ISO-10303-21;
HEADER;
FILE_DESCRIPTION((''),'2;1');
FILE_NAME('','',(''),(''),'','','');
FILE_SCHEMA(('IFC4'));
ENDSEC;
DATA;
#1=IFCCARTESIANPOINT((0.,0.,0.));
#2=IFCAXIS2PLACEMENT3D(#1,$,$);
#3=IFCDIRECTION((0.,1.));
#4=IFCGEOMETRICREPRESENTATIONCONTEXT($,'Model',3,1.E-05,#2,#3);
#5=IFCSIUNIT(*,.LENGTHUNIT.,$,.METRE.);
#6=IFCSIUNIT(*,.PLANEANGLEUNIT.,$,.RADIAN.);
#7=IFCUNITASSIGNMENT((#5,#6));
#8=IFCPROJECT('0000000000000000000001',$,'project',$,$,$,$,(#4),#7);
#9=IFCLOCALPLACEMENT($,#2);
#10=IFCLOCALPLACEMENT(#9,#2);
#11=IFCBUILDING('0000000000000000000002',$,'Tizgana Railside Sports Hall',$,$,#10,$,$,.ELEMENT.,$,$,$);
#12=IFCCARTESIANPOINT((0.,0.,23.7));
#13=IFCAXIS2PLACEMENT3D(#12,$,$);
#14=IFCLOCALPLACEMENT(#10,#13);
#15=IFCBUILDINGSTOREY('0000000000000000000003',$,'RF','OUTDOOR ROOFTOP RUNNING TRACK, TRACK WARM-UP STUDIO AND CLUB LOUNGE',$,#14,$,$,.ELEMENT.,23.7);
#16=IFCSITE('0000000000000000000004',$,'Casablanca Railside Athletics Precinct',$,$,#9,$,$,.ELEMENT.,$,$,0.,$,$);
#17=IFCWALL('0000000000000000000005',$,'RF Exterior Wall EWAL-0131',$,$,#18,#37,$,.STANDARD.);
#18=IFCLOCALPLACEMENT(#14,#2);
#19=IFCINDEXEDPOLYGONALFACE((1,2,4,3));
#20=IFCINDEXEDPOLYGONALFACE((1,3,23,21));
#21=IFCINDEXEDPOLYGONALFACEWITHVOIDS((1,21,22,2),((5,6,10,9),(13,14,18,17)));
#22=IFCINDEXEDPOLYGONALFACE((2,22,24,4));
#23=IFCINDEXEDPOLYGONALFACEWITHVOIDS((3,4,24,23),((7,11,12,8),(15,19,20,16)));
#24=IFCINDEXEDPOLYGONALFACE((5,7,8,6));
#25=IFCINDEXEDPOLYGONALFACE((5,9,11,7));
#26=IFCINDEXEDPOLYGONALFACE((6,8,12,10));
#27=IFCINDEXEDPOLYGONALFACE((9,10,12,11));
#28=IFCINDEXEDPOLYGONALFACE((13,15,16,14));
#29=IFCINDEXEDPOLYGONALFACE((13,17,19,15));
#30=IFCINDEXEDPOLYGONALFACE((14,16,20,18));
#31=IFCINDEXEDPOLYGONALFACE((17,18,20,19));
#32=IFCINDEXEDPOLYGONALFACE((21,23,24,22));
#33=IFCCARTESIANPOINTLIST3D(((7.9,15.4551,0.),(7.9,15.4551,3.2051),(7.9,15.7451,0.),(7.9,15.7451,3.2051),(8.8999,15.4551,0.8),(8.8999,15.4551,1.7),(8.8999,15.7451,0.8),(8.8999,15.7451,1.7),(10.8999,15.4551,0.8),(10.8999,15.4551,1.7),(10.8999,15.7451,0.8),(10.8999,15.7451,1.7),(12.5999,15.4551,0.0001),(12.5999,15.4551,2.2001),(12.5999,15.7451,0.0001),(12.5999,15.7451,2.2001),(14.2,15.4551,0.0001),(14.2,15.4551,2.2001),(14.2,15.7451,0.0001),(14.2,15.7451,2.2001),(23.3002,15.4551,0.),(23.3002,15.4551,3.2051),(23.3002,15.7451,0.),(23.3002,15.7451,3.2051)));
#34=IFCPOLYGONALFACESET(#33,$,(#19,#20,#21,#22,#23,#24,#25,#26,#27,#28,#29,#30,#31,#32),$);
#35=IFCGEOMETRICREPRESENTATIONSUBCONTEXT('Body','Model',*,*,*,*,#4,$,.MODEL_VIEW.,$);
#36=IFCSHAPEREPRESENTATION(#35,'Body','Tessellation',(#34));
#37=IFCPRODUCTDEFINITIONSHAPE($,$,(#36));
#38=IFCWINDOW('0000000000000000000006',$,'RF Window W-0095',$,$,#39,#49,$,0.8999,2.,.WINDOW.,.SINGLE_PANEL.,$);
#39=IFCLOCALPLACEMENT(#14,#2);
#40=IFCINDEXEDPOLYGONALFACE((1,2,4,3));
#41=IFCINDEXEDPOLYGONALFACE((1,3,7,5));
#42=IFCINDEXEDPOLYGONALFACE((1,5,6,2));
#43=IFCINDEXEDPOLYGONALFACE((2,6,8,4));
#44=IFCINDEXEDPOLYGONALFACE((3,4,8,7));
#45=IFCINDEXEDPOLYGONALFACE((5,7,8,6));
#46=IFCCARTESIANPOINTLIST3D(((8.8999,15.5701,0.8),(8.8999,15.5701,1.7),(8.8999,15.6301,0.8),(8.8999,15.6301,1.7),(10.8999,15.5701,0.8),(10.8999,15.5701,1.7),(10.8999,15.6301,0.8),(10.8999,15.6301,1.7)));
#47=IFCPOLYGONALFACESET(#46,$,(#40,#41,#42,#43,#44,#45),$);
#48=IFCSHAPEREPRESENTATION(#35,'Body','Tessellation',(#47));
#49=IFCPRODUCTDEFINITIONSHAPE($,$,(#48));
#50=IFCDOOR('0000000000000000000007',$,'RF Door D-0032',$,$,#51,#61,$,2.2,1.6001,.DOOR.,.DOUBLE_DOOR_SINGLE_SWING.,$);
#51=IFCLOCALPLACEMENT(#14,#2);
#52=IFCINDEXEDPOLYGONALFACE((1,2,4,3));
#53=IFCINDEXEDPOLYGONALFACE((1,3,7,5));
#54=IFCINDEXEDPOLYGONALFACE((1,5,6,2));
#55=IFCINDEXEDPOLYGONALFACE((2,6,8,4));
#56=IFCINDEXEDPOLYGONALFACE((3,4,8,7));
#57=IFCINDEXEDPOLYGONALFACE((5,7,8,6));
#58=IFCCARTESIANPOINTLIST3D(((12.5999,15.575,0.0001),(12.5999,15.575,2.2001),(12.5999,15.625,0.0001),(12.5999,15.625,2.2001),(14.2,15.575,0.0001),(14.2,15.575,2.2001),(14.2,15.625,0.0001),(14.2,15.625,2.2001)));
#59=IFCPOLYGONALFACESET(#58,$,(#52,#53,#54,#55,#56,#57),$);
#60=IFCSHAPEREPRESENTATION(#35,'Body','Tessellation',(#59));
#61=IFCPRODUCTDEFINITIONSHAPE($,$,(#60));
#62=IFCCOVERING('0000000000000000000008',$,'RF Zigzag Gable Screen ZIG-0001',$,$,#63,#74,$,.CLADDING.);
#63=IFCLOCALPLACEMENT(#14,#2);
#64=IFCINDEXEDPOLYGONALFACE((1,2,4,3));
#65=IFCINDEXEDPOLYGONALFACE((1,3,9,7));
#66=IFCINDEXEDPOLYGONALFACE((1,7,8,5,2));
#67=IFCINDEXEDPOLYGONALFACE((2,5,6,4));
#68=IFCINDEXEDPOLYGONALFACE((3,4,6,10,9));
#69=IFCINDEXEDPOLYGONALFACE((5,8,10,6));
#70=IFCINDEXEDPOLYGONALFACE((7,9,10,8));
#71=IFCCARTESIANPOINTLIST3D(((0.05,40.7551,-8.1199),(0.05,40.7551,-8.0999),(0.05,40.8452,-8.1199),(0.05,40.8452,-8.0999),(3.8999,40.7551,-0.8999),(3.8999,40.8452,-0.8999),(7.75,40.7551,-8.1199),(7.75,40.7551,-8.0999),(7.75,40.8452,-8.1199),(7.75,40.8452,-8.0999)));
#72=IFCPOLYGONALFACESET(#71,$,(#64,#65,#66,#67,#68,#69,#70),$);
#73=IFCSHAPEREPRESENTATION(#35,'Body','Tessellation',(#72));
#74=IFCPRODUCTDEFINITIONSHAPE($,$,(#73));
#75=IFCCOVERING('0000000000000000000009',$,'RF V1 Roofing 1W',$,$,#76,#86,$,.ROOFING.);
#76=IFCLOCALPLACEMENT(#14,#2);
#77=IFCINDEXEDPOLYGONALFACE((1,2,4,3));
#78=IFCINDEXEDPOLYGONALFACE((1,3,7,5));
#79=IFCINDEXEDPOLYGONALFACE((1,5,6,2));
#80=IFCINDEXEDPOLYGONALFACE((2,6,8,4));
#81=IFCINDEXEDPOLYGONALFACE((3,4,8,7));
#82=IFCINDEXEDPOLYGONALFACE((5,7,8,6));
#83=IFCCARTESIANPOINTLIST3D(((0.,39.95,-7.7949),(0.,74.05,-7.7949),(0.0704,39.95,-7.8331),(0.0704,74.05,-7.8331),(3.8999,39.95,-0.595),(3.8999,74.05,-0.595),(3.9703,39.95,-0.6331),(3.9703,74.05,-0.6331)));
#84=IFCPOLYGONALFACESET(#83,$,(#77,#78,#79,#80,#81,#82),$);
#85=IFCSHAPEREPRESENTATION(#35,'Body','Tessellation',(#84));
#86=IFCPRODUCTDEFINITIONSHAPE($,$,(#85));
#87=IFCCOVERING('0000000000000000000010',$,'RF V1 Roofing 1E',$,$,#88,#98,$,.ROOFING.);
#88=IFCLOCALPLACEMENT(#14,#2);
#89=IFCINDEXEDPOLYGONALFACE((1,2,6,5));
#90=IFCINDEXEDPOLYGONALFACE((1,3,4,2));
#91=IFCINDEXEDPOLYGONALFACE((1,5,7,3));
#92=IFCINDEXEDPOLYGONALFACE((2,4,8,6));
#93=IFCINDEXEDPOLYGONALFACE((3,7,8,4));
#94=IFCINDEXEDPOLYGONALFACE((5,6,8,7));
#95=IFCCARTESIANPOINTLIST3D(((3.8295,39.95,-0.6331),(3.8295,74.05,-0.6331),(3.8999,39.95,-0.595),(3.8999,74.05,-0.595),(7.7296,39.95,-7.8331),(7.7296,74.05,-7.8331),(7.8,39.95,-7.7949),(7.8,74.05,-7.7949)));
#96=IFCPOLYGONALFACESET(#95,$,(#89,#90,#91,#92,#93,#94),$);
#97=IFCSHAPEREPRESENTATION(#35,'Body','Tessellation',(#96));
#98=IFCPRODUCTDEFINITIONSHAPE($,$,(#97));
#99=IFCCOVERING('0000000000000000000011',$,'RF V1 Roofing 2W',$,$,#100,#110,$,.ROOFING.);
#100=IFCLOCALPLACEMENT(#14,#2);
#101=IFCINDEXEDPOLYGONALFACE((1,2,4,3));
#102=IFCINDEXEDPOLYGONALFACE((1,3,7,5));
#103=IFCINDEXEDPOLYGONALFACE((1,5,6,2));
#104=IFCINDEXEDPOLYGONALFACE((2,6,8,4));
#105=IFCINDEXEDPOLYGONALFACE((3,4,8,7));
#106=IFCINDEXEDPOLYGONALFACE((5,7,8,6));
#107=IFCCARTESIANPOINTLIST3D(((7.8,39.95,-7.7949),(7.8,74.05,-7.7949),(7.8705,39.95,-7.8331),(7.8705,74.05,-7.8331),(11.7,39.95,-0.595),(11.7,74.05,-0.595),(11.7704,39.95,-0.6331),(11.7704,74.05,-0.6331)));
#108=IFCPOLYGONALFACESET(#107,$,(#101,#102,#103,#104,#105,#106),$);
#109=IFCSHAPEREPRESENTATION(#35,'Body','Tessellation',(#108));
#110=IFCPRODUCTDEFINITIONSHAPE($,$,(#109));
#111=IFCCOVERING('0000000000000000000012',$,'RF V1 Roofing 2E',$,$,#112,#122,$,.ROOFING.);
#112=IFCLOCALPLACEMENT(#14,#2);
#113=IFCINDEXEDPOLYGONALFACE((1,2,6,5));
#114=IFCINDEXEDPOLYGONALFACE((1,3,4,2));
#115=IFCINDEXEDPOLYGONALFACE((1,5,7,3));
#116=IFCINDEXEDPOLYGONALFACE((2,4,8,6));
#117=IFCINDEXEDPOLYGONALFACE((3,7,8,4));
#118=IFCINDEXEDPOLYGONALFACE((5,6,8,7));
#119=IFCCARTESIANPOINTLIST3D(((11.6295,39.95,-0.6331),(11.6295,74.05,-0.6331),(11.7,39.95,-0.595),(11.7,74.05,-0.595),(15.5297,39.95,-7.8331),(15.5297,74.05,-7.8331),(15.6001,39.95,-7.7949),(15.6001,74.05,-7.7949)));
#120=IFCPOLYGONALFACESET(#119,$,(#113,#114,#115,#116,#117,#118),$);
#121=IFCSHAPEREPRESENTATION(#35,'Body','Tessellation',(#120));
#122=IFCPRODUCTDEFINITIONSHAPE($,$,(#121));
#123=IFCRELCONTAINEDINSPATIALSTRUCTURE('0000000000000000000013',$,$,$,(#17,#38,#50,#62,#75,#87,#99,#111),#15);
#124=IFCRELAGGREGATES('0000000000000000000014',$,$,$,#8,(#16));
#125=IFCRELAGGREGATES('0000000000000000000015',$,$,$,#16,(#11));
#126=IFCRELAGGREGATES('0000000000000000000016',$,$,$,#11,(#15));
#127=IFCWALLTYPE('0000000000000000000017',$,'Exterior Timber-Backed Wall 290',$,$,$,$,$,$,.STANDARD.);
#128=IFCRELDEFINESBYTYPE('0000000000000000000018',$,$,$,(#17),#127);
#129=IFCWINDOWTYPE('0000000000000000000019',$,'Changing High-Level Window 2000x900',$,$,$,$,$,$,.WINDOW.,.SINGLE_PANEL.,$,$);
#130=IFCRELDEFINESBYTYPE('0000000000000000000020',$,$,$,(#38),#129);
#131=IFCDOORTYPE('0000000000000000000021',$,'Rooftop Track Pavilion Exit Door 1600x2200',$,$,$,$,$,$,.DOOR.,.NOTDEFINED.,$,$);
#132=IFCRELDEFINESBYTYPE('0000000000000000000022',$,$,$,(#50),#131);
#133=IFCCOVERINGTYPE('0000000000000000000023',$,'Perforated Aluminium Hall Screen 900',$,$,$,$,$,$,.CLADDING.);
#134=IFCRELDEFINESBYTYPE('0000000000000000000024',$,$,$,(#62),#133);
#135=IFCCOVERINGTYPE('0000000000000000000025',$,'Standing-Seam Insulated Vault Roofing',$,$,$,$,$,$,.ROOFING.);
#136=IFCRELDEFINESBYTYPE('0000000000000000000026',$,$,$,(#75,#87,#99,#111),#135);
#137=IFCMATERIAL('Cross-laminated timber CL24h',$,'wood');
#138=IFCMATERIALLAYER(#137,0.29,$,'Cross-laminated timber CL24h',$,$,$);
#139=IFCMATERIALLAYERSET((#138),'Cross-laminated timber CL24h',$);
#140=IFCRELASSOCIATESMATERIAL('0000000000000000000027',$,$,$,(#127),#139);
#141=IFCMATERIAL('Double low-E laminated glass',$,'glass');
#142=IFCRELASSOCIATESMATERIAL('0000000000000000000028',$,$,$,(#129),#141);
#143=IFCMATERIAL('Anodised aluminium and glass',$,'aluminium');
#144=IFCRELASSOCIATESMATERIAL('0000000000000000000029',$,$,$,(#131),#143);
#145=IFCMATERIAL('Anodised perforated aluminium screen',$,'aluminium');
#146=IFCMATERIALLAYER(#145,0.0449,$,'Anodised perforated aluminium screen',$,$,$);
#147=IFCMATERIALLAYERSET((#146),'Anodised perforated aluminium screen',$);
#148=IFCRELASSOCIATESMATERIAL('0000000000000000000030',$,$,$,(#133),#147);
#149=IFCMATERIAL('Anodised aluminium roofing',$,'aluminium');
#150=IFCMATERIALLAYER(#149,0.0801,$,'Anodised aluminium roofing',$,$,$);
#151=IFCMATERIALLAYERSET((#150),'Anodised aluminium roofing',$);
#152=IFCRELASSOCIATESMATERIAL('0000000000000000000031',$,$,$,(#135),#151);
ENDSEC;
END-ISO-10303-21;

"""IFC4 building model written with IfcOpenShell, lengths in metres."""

from ifc_helpers import new_model, si_unit, direction, frame, frame_2d, origin, place, context, subcontext, project, spatial, polyline, rectangle, outline, extrude, material, layer, layer_set, type_object, element, fill, save


model = new_model("IFC4")

# Units and contexts
model_context = context("Model", 3, precision=1e-05, world=origin(), true_north=direction((0.0, 1.0)))
body_context = subcontext(model_context, "Body", "Model", "MODEL_VIEW")
ifc_project = project(units=[si_unit("LENGTHUNIT", "METRE"), si_unit("PLANEANGLEUNIT", "RADIAN")], contexts=[model_context])

# Site, building, storey
site_placement = place(None, origin())
site = spatial("IfcSite", under=ifc_project, at=site_placement, Name="Casablanca Railside Athletics Precinct", CompositionType="ELEMENT", RefElevation=0.0)
building_placement = place(site_placement, origin())
building = spatial("IfcBuilding", under=site, at=building_placement, Name="Tizgana Railside Sports Hall", CompositionType="ELEMENT")
storey_placement = place(building_placement, frame((0.0, 0.0, 23.7)))
storey = spatial("IfcBuildingStorey", under=building, at=storey_placement, Name="RF", Description="OUTDOOR ROOFTOP RUNNING TRACK, TRACK WARM-UP STUDIO AND CLUB LOUNGE", CompositionType="ELEMENT", Elevation=23.7)

# Shared definitions
ifc_material_1 = material(Name="Cross-laminated timber CL24h", Category="wood")

# Wall, openings, window, door
ifc_layer_1 = layer(ifc_material_1, 0.29, Name="Cross-laminated timber CL24h")
ifc_layer_set_1 = layer_set([ifc_layer_1], Name="Cross-laminated timber CL24h")
wall_type = type_object("IfcWallType", Name="Exterior Timber-Backed Wall 290", PredefinedType="STANDARD", material=ifc_layer_set_1)
wall_placement = place(storey_placement, frame((7.8999, 15.6001, 0.0), z_axis=(0.0, 0.0, 1.0), x_axis=(1.0, 0.0, 0.0)))
wall = element("IfcWall", 1, at=wall_placement, inside=storey, type_object=wall_type, Name="RF Exterior Wall EWAL-0131", PredefinedType="STANDARD", context=body_context, shape_type="SweptSolid", body=[
    extrude(rectangle(XDim=15.4001, YDim=0.29, at=frame_2d((7.7002, 0.0))), origin(), (0.0, 0.0, 1.0), 3.2051),
])
opening_1_placement = place(wall_placement, frame((4.7, 0.0, 0.0)))
opening_1 = element("IfcOpeningElement", 2, at=opening_1_placement, cuts=wall, PredefinedType="OPENING", context=body_context, shape_type="SweptSolid", body=[
    extrude(rectangle(XDim=1.6001, YDim=2.2, at=frame_2d((0.8, 1.1001))), frame((0.0, 0.155, 0.0), z_axis=(0.0, -1.0, 0.0), x_axis=(1.0, 0.0, 0.0)), (0.0, 0.0, 1.0), 0.3101),
])
opening_2_placement = place(wall_placement, frame((1.0, 0.0, 0.8)))
opening_2 = element("IfcOpeningElement", 3, at=opening_2_placement, cuts=wall, PredefinedType="OPENING", context=body_context, shape_type="SweptSolid", body=[
    extrude(rectangle(XDim=2.0, YDim=0.8999, at=frame_2d((1.0, 0.45))), frame((0.0, 0.155, 0.0), z_axis=(0.0, -1.0, 0.0), x_axis=(1.0, 0.0, 0.0)), (0.0, 0.0, 1.0), 0.3101),
])
ifc_material_2 = material(Name="Double low-E laminated glass", Category="glass")
window_type = type_object("IfcWindowType", Name="Changing High-Level Window 2000x900", PartitioningType="SINGLE_PANEL", PredefinedType="WINDOW", material=ifc_material_2)
window_placement = place(opening_2_placement, origin())
window = element("IfcWindow", 4, at=window_placement, inside=storey, type_object=window_type, Name="RF Window W-0095", OverallHeight=0.8999, OverallWidth=2.0, PartitioningType="SINGLE_PANEL", PredefinedType="WINDOW", context=body_context, shape_type="SweptSolid", body=[
    extrude(rectangle(XDim=2.0, YDim=0.8999, at=frame_2d((1.0, 0.45))), frame((0.0, 0.03, 0.0), z_axis=(0.0, -1.0, 0.0), x_axis=(1.0, 0.0, 0.0)), (0.0, 0.0, 1.0), 0.0601),
])
fill(opening_2, window)
ifc_material_3 = material(Name="Anodised aluminium and glass", Category="aluminium")
door_type = type_object("IfcDoorType", Name="Rooftop Track Pavilion Exit Door 1600x2200", OperationType="NOTDEFINED", PredefinedType="DOOR", material=ifc_material_3)
door_placement = place(opening_1_placement, origin())
door = element("IfcDoor", 5, at=door_placement, inside=storey, type_object=door_type, Name="RF Door D-0032", OperationType="DOUBLE_DOOR_SINGLE_SWING", OverallHeight=2.2, OverallWidth=1.6001, PredefinedType="DOOR", context=body_context, shape_type="SweptSolid", body=[
    extrude(rectangle(XDim=1.6001, YDim=2.2, at=frame_2d((0.8, 1.1001))), frame((0.0, 0.0249, 0.0), z_axis=(0.0, -1.0, 0.0), x_axis=(1.0, 0.0, 0.0)), (0.0, 0.0, 1.0), 0.05),
])
fill(opening_1, door)

# Coverings
ifc_material_4 = material(Name="Anodised perforated aluminium screen", Category="aluminium")
ifc_layer_2 = layer(ifc_material_4, 0.0449, Name="Anodised perforated aluminium screen")
ifc_layer_set_2 = layer_set([ifc_layer_2], Name="Anodised perforated aluminium screen")
covering_type_1 = type_object("IfcCoveringType", Name="Perforated Aluminium Hall Screen 900", PredefinedType="CLADDING", material=ifc_layer_set_2)
covering_1_placement = place(storey_placement, frame((7.75, 40.8, -8.1199), z_axis=(0.0, 0.0, 1.0), x_axis=(-1.0, 0.0, 0.0)))
element("IfcCovering", 6, at=covering_1_placement, inside=storey, type_object=covering_type_1, Name="RF Zigzag Gable Screen ZIG-0001", PredefinedType="CLADDING", context=body_context, shape_type="SweptSolid", body=[
    extrude(outline(polyline([(0.0, 0.0), (7.7, 0.0), (7.7, 0.02), (3.8501, 7.22), (0.0, 0.02), (0.0, 0.0)])), frame((0.0, 0.0449, 0.0), z_axis=(0.0, -1.0, 0.0), x_axis=(1.0, 0.0, 0.0)), (0.0, 0.0, 1.0), 0.0901),
])
ifc_material_5 = material(Name="Anodised aluminium roofing", Category="aluminium")
ifc_layer_3 = layer(ifc_material_5, 0.0801, Name="Anodised aluminium roofing")
ifc_layer_set_3 = layer_set([ifc_layer_3], Name="Anodised aluminium roofing")
covering_type_2 = type_object("IfcCoveringType", Name="Standing-Seam Insulated Vault Roofing", PredefinedType="ROOFING", material=ifc_layer_set_3)
covering_2_placement = place(storey_placement, frame((0.0, 39.95, -7.7949), z_axis=(-0.879296, 0.0, 0.476276), x_axis=(0.476276, 0.0, 0.879296)))
element("IfcCovering", 7, at=covering_2_placement, inside=storey, type_object=covering_type_2, Name="RF V1 Roofing 1W", PredefinedType="ROOFING", context=body_context, shape_type="SweptSolid", body=[
    extrude(outline(polyline([(0.0, 0.0), (8.1883, 0.0), (8.1883, 34.1001), (0.0, 34.1001), (0.0, 0.0)])), origin(), (0.0, 0.0, -1.0), 0.0801),
])
covering_3_placement = place(storey_placement, frame((3.8999, 39.95, -0.595), z_axis=(0.879283, 0.0, 0.476299), x_axis=(0.476299, 0.0, -0.879283)))
element("IfcCovering", 8, at=covering_3_placement, inside=storey, type_object=covering_type_2, Name="RF V1 Roofing 1E", PredefinedType="ROOFING", context=body_context, shape_type="SweptSolid", body=[
    extrude(outline(polyline([(0.0, 0.0), (8.1884, 0.0), (8.1884, 34.1001), (0.0, 34.1001), (0.0, 0.0)])), origin(), (0.0, 0.0, -1.0), 0.0801),
])
covering_4_placement = place(storey_placement, frame((7.8, 39.95, -7.7949), z_axis=(-0.879296, 0.0, 0.476276), x_axis=(0.476276, 0.0, 0.879296)))
element("IfcCovering", 9, at=covering_4_placement, inside=storey, type_object=covering_type_2, Name="RF V1 Roofing 2W", PredefinedType="ROOFING", context=body_context, shape_type="SweptSolid", body=[
    extrude(outline(polyline([(0.0, 0.0), (8.1883, 0.0), (8.1883, 34.1001), (0.0, 34.1001), (0.0, 0.0)])), origin(), (0.0, 0.0, -1.0), 0.0801),
])
covering_5_placement = place(storey_placement, frame((11.7, 39.95, -0.595), z_axis=(0.879283, 0.0, 0.476299), x_axis=(0.476299, 0.0, -0.879283)))
element("IfcCovering", 10, at=covering_5_placement, inside=storey, type_object=covering_type_2, Name="RF V1 Roofing 2E", PredefinedType="ROOFING", context=body_context, shape_type="SweptSolid", body=[
    extrude(outline(polyline([(0.0, 0.0), (8.1884, 0.0), (8.1884, 34.1001), (0.0, 34.1001), (0.0, 0.0)])), origin(), (0.0, 0.0, -1.0), 0.0801),
])

save(model, "model.ifc")
